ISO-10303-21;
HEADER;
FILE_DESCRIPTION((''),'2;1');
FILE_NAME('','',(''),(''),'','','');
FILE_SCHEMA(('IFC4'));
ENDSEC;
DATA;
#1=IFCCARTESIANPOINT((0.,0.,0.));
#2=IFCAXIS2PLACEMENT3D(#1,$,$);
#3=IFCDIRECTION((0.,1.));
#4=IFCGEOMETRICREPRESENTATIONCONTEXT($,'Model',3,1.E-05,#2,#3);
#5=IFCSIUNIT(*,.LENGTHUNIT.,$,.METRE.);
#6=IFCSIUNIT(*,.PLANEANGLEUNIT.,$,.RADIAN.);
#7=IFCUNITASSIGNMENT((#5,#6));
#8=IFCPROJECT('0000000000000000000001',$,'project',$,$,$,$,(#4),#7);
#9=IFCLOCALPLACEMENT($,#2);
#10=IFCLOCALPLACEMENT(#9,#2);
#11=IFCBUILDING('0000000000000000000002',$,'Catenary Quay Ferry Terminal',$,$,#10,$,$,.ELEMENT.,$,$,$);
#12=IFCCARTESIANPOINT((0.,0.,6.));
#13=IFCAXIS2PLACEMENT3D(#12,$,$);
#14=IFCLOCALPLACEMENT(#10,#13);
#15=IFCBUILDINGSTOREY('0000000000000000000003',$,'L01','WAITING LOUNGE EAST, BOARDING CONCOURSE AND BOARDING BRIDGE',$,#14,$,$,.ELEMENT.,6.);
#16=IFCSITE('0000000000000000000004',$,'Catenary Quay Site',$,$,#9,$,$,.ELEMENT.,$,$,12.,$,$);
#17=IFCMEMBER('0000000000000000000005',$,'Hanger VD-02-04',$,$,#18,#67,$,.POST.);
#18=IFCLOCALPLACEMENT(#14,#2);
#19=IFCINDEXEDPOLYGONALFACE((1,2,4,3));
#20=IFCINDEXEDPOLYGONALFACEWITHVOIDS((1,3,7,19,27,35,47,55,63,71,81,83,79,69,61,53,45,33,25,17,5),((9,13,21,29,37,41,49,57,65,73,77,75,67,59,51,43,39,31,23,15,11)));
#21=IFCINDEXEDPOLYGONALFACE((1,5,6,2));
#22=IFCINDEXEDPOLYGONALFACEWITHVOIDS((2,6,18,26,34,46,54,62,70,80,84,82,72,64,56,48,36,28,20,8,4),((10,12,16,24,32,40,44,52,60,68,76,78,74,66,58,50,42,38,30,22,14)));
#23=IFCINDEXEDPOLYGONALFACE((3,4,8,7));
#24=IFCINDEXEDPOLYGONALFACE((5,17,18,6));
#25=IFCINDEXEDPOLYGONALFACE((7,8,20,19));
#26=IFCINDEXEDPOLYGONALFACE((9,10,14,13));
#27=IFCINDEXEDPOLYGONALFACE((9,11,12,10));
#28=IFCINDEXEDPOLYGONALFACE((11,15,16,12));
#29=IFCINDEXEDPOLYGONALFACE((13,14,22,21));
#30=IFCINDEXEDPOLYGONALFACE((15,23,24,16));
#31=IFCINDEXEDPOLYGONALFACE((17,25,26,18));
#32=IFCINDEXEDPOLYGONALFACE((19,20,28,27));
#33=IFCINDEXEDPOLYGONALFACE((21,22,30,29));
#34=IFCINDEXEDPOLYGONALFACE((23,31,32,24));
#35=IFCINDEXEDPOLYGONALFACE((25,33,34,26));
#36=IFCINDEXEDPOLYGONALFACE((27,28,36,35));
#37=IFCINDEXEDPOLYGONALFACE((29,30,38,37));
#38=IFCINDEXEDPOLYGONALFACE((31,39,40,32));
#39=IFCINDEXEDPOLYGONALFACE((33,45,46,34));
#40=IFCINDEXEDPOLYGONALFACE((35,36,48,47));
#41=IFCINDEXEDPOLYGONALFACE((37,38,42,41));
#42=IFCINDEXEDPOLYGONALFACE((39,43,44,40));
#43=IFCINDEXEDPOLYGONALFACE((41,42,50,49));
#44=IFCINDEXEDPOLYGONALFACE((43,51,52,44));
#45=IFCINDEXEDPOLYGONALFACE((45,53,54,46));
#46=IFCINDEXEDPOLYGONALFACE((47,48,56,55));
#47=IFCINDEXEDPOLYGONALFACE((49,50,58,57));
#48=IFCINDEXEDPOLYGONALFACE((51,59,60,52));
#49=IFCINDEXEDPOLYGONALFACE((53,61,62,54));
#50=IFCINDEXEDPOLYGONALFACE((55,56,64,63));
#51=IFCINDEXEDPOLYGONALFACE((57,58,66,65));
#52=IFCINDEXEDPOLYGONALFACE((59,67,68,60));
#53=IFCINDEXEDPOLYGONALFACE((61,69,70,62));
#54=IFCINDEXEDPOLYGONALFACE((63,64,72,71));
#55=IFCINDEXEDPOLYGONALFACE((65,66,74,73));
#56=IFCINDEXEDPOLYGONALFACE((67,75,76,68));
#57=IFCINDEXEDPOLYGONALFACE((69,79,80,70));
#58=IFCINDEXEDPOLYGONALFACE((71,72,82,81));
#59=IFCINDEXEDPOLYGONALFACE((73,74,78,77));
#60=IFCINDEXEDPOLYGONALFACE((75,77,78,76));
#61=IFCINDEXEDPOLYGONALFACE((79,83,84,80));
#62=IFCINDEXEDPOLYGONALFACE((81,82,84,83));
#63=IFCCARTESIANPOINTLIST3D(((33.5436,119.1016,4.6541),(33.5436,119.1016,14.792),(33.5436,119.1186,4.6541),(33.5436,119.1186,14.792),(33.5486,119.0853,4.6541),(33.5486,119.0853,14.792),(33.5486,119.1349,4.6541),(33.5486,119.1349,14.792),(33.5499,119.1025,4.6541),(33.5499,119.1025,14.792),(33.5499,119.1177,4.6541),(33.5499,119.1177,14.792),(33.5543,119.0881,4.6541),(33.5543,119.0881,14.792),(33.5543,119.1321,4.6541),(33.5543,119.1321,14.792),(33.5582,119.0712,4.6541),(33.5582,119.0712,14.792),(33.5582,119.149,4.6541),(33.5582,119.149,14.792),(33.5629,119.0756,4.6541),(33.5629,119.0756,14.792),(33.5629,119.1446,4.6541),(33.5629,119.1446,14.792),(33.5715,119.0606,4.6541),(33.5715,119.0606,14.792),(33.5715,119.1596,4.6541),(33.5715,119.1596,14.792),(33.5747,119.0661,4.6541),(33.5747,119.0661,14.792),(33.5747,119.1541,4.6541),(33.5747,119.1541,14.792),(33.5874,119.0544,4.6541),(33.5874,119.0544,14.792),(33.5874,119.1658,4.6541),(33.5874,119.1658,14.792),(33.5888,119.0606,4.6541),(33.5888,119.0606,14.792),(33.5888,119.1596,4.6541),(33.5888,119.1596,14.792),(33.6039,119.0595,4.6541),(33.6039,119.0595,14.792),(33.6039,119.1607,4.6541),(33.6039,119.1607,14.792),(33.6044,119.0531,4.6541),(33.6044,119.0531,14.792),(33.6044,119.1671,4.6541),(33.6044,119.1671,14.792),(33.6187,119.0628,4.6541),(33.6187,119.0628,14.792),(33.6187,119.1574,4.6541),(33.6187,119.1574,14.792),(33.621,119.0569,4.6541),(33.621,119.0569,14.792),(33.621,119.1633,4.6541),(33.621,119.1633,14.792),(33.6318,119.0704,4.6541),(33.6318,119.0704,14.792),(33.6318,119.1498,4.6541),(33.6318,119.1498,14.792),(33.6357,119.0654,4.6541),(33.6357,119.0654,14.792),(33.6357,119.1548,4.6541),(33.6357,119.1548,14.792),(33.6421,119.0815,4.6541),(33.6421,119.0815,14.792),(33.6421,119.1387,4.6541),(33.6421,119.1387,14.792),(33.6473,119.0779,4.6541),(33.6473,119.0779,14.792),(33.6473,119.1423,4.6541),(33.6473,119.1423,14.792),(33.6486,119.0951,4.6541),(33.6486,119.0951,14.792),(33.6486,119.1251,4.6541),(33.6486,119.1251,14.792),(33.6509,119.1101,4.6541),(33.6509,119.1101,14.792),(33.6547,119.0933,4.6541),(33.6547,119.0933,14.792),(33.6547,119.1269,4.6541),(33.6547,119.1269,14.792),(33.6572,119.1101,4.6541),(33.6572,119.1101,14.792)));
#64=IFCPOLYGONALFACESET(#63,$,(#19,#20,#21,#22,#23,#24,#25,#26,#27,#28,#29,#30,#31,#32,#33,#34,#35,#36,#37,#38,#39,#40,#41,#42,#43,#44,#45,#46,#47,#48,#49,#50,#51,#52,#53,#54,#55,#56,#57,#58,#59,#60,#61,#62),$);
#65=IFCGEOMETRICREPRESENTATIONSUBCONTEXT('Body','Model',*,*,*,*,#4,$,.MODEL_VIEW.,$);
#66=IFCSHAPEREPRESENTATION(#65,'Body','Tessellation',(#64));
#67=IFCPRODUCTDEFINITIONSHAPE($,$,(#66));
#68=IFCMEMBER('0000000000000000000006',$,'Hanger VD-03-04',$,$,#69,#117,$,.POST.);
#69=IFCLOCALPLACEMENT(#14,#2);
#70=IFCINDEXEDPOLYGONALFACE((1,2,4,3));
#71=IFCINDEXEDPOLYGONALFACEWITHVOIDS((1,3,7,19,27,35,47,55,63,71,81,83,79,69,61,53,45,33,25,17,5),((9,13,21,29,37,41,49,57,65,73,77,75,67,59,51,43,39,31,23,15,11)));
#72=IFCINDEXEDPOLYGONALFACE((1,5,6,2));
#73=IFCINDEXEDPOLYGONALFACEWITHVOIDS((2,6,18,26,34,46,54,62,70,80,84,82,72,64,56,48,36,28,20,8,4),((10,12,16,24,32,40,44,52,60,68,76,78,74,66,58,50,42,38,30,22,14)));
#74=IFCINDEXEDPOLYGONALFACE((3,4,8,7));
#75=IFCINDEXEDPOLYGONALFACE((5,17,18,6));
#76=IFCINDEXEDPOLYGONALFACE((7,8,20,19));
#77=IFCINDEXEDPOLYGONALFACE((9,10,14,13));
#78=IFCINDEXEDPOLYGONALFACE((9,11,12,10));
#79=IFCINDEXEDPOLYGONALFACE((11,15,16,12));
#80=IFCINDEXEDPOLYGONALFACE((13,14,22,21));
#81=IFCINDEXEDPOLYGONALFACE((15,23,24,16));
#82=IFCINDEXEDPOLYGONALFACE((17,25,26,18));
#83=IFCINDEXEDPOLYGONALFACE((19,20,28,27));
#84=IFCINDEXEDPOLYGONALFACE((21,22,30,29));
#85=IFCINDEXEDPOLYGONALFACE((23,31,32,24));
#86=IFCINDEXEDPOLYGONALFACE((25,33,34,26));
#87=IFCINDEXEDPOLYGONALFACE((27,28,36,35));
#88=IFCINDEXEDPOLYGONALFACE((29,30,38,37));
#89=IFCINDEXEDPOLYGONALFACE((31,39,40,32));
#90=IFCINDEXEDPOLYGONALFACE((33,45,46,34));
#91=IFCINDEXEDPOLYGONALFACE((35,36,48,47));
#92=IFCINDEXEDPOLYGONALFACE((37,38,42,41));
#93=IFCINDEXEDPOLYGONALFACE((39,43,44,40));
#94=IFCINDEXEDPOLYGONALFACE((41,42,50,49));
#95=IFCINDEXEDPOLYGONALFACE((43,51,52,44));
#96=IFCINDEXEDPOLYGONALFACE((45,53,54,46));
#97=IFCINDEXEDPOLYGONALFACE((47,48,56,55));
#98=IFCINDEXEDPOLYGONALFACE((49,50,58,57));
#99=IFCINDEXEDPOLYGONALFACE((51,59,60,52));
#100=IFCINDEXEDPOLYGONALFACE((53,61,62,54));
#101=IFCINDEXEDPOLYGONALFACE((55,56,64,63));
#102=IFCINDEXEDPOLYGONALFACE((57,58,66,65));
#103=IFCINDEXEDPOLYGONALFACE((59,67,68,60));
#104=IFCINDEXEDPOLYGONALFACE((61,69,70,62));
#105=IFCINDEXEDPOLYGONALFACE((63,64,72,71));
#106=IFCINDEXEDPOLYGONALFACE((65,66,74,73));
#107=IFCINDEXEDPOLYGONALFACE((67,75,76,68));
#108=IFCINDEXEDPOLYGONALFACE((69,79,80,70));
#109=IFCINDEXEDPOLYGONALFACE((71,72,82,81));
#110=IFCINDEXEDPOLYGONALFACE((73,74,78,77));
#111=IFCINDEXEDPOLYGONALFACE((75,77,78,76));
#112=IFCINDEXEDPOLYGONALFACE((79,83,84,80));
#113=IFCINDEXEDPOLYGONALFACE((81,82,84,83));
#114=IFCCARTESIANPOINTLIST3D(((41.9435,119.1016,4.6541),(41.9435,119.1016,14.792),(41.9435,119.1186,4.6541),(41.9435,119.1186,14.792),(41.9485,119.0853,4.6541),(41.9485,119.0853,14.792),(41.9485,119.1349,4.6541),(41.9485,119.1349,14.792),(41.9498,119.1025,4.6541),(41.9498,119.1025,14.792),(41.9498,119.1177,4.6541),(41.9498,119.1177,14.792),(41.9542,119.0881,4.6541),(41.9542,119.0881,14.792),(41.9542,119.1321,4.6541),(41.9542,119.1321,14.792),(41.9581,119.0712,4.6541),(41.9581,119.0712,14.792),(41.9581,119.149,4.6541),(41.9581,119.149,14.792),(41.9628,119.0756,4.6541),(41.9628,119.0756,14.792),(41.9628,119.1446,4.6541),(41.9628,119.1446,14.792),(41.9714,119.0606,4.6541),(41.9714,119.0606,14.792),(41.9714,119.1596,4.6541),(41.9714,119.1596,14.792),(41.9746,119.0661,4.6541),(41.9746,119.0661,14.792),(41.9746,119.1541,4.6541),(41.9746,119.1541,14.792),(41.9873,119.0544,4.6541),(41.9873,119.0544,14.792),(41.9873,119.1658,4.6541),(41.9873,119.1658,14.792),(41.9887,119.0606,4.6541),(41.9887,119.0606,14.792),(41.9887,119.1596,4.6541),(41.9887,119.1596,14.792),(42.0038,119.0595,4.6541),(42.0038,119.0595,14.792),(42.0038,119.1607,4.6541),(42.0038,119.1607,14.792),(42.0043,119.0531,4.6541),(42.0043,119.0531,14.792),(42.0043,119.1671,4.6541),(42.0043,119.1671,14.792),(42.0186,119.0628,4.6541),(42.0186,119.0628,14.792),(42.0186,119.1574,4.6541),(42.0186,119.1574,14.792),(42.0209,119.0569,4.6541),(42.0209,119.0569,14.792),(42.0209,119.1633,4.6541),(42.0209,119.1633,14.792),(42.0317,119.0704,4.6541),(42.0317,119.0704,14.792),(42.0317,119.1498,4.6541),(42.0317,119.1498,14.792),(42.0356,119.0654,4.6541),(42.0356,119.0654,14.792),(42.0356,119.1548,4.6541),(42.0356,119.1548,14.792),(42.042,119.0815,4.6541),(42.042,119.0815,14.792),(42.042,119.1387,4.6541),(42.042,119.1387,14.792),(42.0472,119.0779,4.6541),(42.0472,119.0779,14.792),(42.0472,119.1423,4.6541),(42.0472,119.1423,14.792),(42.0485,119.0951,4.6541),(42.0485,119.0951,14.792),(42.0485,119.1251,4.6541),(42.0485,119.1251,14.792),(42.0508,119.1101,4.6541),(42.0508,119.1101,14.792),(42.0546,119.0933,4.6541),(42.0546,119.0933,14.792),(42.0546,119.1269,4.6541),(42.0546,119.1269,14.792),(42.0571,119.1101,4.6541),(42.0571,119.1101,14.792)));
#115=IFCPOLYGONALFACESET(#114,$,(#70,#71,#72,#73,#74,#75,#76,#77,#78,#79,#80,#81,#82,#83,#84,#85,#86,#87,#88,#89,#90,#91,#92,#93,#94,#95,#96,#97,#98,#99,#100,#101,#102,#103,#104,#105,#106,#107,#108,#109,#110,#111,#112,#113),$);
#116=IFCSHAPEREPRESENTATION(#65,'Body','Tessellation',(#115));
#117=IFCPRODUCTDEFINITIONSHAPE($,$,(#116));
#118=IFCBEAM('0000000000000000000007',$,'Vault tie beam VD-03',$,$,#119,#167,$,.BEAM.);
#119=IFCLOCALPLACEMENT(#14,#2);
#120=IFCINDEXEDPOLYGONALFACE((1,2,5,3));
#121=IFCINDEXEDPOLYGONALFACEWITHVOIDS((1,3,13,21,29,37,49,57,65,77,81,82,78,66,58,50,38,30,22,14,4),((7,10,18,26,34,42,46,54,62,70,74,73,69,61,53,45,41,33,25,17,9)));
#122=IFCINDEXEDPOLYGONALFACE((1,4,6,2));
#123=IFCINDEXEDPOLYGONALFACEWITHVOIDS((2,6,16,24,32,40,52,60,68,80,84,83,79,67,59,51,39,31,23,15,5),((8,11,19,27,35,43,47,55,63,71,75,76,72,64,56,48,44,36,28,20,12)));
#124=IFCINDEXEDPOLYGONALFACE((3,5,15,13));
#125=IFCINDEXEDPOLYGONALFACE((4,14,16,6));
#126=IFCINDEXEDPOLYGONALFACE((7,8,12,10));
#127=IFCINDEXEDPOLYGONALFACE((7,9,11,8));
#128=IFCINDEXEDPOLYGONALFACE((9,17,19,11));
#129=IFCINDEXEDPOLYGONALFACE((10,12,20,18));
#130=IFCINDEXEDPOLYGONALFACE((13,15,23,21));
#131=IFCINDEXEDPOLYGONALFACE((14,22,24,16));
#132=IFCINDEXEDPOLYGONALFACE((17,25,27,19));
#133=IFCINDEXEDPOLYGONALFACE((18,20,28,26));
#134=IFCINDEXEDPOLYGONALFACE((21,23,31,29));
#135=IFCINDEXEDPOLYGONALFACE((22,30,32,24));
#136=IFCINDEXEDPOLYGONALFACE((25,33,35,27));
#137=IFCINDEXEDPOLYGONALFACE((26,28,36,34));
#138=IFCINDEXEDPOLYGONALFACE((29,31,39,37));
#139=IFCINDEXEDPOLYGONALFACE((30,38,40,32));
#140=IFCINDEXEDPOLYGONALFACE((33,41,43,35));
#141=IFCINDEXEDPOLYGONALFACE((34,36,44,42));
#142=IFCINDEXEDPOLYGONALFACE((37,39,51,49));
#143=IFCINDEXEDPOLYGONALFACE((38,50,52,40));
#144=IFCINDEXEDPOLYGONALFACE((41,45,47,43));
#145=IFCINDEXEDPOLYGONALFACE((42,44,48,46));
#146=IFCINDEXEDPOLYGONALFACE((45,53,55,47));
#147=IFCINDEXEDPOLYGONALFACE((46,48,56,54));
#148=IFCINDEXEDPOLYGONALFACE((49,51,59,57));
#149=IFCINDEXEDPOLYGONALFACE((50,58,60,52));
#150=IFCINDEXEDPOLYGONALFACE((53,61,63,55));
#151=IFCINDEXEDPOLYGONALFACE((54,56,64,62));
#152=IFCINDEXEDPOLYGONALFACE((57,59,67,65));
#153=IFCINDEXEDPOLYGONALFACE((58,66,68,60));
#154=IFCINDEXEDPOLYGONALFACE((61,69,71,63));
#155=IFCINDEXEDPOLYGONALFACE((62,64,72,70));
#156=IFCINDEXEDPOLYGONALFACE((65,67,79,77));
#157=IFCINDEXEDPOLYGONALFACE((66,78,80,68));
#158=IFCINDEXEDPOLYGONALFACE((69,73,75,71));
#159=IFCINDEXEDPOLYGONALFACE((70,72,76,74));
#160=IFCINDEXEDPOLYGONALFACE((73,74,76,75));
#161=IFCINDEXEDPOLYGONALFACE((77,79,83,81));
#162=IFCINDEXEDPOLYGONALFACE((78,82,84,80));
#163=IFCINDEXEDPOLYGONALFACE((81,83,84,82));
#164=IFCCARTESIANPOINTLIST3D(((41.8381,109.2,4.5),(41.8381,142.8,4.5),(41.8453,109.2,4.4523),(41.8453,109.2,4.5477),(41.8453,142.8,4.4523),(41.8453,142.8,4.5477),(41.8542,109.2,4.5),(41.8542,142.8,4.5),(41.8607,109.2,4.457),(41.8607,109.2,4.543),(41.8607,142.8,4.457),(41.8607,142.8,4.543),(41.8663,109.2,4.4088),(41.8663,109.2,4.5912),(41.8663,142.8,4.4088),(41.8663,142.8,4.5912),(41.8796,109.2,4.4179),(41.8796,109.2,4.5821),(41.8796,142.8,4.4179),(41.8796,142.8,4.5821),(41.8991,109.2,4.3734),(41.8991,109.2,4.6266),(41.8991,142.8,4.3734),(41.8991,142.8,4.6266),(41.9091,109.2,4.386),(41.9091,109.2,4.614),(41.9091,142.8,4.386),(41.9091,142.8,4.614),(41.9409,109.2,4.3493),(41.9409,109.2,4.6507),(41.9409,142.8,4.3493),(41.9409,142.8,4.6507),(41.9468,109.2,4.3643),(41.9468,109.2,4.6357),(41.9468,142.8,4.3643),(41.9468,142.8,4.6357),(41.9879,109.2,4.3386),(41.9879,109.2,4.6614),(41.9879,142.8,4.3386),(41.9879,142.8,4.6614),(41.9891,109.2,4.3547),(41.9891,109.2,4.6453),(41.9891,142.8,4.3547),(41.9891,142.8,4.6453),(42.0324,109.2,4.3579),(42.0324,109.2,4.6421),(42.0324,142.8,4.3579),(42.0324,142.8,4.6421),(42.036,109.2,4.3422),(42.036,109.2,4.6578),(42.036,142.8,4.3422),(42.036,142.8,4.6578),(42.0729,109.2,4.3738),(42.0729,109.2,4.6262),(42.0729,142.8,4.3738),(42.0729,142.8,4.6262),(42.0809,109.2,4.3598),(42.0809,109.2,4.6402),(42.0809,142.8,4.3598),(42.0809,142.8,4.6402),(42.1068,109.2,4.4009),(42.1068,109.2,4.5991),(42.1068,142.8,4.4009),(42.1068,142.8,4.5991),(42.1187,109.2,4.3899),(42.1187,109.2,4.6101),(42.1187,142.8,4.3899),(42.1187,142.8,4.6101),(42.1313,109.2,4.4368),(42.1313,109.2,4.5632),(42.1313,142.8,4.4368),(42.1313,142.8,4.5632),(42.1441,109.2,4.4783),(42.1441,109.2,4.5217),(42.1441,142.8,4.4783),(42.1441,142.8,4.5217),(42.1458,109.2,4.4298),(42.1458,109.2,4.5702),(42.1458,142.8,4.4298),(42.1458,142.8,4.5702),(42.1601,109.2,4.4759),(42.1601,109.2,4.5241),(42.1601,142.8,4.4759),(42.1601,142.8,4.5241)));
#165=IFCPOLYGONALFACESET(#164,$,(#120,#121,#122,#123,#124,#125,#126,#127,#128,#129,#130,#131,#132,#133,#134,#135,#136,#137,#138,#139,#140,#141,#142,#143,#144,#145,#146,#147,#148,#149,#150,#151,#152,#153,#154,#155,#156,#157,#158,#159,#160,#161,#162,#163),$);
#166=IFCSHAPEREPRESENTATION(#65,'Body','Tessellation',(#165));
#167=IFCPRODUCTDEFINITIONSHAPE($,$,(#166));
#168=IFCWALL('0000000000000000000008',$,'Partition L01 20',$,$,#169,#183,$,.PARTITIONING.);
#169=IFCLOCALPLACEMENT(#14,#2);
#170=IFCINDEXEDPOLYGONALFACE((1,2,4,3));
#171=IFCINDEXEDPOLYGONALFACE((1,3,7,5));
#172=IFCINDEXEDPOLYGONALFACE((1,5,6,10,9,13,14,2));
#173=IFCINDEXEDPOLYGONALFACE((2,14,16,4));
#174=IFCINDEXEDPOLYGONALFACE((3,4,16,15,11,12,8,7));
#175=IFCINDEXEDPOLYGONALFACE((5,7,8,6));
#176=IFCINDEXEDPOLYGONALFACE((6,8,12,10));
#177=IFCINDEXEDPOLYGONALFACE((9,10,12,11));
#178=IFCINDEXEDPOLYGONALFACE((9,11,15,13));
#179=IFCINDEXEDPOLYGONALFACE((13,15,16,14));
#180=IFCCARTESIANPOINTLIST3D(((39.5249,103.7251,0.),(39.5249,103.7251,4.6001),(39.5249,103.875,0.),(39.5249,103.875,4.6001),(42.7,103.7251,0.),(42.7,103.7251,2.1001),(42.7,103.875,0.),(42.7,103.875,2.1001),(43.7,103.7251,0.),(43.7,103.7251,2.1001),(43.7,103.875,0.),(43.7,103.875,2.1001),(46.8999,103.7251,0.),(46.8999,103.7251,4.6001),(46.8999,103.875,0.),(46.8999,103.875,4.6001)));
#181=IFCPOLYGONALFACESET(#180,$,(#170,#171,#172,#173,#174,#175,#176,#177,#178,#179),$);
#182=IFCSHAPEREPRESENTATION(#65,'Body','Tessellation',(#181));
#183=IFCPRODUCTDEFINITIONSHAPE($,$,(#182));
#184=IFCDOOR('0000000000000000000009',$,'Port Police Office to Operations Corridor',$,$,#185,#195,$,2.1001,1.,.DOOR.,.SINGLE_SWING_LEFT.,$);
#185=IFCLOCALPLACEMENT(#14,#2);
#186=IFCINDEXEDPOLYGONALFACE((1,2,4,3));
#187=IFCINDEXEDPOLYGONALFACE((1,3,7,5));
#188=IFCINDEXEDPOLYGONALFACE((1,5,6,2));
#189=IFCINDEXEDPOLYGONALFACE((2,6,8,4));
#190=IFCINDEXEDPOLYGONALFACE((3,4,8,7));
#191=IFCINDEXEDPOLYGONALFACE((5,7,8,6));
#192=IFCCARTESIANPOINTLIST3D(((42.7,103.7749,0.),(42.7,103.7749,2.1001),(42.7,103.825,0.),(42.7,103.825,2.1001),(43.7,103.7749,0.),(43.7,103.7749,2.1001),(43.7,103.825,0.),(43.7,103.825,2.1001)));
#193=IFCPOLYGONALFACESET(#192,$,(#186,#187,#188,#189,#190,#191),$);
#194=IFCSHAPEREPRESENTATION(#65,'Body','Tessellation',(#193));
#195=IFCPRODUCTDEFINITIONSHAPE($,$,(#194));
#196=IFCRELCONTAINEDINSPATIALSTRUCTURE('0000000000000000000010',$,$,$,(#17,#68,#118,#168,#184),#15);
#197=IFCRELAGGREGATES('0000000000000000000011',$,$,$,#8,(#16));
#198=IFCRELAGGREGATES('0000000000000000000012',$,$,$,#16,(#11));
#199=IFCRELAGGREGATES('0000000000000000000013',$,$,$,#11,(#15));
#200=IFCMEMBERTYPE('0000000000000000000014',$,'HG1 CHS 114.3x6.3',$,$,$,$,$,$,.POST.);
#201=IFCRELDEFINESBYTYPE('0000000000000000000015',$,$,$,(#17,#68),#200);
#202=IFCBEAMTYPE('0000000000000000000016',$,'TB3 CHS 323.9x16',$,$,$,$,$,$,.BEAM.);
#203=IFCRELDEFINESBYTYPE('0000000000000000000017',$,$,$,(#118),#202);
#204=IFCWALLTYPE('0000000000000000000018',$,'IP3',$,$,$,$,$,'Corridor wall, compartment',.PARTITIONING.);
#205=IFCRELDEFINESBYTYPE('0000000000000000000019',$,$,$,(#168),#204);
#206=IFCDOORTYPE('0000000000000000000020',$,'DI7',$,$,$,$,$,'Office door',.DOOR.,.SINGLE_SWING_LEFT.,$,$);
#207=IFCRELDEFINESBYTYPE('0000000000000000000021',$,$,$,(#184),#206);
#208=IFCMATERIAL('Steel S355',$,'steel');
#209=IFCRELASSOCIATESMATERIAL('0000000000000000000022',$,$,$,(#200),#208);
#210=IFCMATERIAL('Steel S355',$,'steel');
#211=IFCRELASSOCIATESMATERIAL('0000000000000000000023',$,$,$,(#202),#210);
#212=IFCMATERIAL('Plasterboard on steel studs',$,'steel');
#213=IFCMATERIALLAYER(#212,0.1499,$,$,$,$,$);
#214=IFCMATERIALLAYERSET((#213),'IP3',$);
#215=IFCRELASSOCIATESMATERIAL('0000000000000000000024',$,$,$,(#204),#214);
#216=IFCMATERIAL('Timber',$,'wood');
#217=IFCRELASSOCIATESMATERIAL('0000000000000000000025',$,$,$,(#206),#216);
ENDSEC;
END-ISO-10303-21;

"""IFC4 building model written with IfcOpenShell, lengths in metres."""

from ifc_helpers import new_model, si_unit, direction, frame, frame_2d, origin, origin_2d, place, context, subcontext, project, spatial, rectangle, hollow_circle, extrude, material, layer, layer_set, material_profile, profile_set, type_object, element, fill, save


model = new_model("IFC4")

# Units and contexts
model_context = context("Model", 3, precision=1e-05, world=origin(), true_north=direction((0.0, 1.0)))
body_context = subcontext(model_context, "Body", "Model", "MODEL_VIEW")
ifc_project = project(units=[si_unit("LENGTHUNIT", "METRE"), si_unit("PLANEANGLEUNIT", "RADIAN")], contexts=[model_context])

# Site, building, storey
site_placement = place(None, origin())
site = spatial("IfcSite", under=ifc_project, at=site_placement, Name="Catenary Quay Site", CompositionType="ELEMENT", RefElevation=12.0)
building_placement = place(site_placement, origin())
building = spatial("IfcBuilding", under=site, at=building_placement, Name="Catenary Quay Ferry Terminal", CompositionType="ELEMENT")
storey_placement = place(building_placement, frame((0.0, 0.0, 6.0)))
storey = spatial("IfcBuildingStorey", under=building, at=storey_placement, Name="L01", Description="WAITING LOUNGE EAST, BOARDING CONCOURSE AND BOARDING BRIDGE", CompositionType="ELEMENT", Elevation=6.0)

# Members
ifc_material_1 = material(Name="Steel S355", Category="steel")
ifc_material_profile_1 = material_profile(ifc_material_1, hollow_circle(Radius=0.0571, WallThickness=0.0063, at=origin_2d()), Name="CHS 114.3x6.3")
ifc_profile_set_1 = profile_set([ifc_material_profile_1], Name="Steel S355")
member_type = type_object("IfcMemberType", Name="HG1 CHS 114.3x6.3", PredefinedType="POST", material=ifc_profile_set_1)
for number, where, z_axis, x_axis, name in (
    (1, (33.6001, 119.1101, 4.6541), (0.0, 0.0, 1.0), (1.0, 0.0, 0.0), "Hanger VD-02-04"),
    (2, (42.0, 119.1101, 4.6541), (0.0, 0.0, 1.0), (1.0, 0.0, 0.0), "Hanger VD-03-04"),
):
    element("IfcMember", number, at=place(storey_placement, frame(where, z_axis=z_axis, x_axis=x_axis)), inside=storey, type_object=member_type, Name=name, PredefinedType="POST", context=body_context, shape_type="SweptSolid", body=[
        extrude(hollow_circle(Radius=0.0571, WallThickness=0.0063, at=origin_2d()), origin(), (0.0, 0.0, 1.0), 10.1379),
    ])

# Beam
ifc_material_2 = material(Name="Steel S355", Category="steel")
ifc_material_profile_2 = material_profile(ifc_material_2, hollow_circle(Radius=0.1619, WallThickness=0.0161, at=origin_2d()), Name="CHS 323.9x16")
ifc_profile_set_2 = profile_set([ifc_material_profile_2], Name="Steel S355")
beam_type_1 = type_object("IfcBeamType", Name="TB3 CHS 323.9x16", PredefinedType="BEAM", material=ifc_profile_set_2)
beam_placement = place(storey_placement, frame((42.0, 109.2, 4.5), z_axis=(0.0, 1.0, 0.0), x_axis=(-1.0, 0.0, 0.0)))
element("IfcBeam", 3, at=beam_placement, inside=storey, type_object=beam_type_1, Name="Vault tie beam VD-03", PredefinedType="BEAM", context=body_context, shape_type="SweptSolid", body=[
    extrude(hollow_circle(Radius=0.1619, WallThickness=0.0161, at=origin_2d()), origin(), (0.0, 0.0, 1.0), 33.6001),
])

# Wall, opening, door
ifc_material_3 = material(Name="Plasterboard on steel studs", Category="steel")
ifc_layer_1 = layer(ifc_material_3, 0.1499)
ifc_layer_set_1 = layer_set([ifc_layer_1], Name="IP3")
wall_type_1 = type_object("IfcWallType", Name="IP3", ElementType="Corridor wall, compartment", PredefinedType="PARTITIONING", material=ifc_layer_set_1)
wall_1_placement = place(storey_placement, frame((39.5249, 103.8, 0.0), z_axis=(0.0, 0.0, 1.0), x_axis=(1.0, 0.0, 0.0)))
wall_1 = element("IfcWall", 4, at=wall_1_placement, inside=storey, type_object=wall_type_1, Name="Partition L01 20", PredefinedType="PARTITIONING", context=body_context, shape_type="SweptSolid", body=[
    extrude(rectangle(XDim=7.375, YDim=0.1499, at=frame_2d((3.6875, 0.0))), origin(), (0.0, 0.0, 1.0), 4.6001),
])
opening_1_placement = place(wall_1_placement, frame((3.175, 0.0, 0.0)))
opening_1 = element("IfcOpeningElement", 5, at=opening_1_placement, cuts=wall_1, PredefinedType="OPENING", context=body_context, shape_type="SweptSolid", body=[
    extrude(rectangle(XDim=1.0, YDim=2.1001, at=frame_2d((0.5, 1.05))), frame((0.0, 0.085, 0.0), z_axis=(0.0, -1.0, 0.0), x_axis=(1.0, 0.0, 0.0)), (0.0, 0.0, 1.0), 0.1699),
])
ifc_material_4 = material(Name="Timber", Category="wood")
door_type_1 = type_object("IfcDoorType", Name="DI7", ElementType="Office door", OperationType="SINGLE_SWING_LEFT", PredefinedType="DOOR", material=ifc_material_4)
door_1_placement = place(opening_1_placement, origin())
door_1 = element("IfcDoor", 6, at=door_1_placement, inside=storey, type_object=door_type_1, Name="Port Police Office to Operations Corridor", OperationType="SINGLE_SWING_LEFT", OverallHeight=2.1001, OverallWidth=1.0, PredefinedType="DOOR", context=body_context, shape_type="SweptSolid", body=[
    extrude(rectangle(XDim=1.0, YDim=2.1001, at=frame_2d((0.5, 1.05))), frame((0.0, 0.0249, 0.0), z_axis=(0.0, -1.0, 0.0), x_axis=(1.0, 0.0, 0.0)), (0.0, 0.0, 1.0), 0.05),
])
fill(opening_1, door_1)

save(model, "model.ifc")
